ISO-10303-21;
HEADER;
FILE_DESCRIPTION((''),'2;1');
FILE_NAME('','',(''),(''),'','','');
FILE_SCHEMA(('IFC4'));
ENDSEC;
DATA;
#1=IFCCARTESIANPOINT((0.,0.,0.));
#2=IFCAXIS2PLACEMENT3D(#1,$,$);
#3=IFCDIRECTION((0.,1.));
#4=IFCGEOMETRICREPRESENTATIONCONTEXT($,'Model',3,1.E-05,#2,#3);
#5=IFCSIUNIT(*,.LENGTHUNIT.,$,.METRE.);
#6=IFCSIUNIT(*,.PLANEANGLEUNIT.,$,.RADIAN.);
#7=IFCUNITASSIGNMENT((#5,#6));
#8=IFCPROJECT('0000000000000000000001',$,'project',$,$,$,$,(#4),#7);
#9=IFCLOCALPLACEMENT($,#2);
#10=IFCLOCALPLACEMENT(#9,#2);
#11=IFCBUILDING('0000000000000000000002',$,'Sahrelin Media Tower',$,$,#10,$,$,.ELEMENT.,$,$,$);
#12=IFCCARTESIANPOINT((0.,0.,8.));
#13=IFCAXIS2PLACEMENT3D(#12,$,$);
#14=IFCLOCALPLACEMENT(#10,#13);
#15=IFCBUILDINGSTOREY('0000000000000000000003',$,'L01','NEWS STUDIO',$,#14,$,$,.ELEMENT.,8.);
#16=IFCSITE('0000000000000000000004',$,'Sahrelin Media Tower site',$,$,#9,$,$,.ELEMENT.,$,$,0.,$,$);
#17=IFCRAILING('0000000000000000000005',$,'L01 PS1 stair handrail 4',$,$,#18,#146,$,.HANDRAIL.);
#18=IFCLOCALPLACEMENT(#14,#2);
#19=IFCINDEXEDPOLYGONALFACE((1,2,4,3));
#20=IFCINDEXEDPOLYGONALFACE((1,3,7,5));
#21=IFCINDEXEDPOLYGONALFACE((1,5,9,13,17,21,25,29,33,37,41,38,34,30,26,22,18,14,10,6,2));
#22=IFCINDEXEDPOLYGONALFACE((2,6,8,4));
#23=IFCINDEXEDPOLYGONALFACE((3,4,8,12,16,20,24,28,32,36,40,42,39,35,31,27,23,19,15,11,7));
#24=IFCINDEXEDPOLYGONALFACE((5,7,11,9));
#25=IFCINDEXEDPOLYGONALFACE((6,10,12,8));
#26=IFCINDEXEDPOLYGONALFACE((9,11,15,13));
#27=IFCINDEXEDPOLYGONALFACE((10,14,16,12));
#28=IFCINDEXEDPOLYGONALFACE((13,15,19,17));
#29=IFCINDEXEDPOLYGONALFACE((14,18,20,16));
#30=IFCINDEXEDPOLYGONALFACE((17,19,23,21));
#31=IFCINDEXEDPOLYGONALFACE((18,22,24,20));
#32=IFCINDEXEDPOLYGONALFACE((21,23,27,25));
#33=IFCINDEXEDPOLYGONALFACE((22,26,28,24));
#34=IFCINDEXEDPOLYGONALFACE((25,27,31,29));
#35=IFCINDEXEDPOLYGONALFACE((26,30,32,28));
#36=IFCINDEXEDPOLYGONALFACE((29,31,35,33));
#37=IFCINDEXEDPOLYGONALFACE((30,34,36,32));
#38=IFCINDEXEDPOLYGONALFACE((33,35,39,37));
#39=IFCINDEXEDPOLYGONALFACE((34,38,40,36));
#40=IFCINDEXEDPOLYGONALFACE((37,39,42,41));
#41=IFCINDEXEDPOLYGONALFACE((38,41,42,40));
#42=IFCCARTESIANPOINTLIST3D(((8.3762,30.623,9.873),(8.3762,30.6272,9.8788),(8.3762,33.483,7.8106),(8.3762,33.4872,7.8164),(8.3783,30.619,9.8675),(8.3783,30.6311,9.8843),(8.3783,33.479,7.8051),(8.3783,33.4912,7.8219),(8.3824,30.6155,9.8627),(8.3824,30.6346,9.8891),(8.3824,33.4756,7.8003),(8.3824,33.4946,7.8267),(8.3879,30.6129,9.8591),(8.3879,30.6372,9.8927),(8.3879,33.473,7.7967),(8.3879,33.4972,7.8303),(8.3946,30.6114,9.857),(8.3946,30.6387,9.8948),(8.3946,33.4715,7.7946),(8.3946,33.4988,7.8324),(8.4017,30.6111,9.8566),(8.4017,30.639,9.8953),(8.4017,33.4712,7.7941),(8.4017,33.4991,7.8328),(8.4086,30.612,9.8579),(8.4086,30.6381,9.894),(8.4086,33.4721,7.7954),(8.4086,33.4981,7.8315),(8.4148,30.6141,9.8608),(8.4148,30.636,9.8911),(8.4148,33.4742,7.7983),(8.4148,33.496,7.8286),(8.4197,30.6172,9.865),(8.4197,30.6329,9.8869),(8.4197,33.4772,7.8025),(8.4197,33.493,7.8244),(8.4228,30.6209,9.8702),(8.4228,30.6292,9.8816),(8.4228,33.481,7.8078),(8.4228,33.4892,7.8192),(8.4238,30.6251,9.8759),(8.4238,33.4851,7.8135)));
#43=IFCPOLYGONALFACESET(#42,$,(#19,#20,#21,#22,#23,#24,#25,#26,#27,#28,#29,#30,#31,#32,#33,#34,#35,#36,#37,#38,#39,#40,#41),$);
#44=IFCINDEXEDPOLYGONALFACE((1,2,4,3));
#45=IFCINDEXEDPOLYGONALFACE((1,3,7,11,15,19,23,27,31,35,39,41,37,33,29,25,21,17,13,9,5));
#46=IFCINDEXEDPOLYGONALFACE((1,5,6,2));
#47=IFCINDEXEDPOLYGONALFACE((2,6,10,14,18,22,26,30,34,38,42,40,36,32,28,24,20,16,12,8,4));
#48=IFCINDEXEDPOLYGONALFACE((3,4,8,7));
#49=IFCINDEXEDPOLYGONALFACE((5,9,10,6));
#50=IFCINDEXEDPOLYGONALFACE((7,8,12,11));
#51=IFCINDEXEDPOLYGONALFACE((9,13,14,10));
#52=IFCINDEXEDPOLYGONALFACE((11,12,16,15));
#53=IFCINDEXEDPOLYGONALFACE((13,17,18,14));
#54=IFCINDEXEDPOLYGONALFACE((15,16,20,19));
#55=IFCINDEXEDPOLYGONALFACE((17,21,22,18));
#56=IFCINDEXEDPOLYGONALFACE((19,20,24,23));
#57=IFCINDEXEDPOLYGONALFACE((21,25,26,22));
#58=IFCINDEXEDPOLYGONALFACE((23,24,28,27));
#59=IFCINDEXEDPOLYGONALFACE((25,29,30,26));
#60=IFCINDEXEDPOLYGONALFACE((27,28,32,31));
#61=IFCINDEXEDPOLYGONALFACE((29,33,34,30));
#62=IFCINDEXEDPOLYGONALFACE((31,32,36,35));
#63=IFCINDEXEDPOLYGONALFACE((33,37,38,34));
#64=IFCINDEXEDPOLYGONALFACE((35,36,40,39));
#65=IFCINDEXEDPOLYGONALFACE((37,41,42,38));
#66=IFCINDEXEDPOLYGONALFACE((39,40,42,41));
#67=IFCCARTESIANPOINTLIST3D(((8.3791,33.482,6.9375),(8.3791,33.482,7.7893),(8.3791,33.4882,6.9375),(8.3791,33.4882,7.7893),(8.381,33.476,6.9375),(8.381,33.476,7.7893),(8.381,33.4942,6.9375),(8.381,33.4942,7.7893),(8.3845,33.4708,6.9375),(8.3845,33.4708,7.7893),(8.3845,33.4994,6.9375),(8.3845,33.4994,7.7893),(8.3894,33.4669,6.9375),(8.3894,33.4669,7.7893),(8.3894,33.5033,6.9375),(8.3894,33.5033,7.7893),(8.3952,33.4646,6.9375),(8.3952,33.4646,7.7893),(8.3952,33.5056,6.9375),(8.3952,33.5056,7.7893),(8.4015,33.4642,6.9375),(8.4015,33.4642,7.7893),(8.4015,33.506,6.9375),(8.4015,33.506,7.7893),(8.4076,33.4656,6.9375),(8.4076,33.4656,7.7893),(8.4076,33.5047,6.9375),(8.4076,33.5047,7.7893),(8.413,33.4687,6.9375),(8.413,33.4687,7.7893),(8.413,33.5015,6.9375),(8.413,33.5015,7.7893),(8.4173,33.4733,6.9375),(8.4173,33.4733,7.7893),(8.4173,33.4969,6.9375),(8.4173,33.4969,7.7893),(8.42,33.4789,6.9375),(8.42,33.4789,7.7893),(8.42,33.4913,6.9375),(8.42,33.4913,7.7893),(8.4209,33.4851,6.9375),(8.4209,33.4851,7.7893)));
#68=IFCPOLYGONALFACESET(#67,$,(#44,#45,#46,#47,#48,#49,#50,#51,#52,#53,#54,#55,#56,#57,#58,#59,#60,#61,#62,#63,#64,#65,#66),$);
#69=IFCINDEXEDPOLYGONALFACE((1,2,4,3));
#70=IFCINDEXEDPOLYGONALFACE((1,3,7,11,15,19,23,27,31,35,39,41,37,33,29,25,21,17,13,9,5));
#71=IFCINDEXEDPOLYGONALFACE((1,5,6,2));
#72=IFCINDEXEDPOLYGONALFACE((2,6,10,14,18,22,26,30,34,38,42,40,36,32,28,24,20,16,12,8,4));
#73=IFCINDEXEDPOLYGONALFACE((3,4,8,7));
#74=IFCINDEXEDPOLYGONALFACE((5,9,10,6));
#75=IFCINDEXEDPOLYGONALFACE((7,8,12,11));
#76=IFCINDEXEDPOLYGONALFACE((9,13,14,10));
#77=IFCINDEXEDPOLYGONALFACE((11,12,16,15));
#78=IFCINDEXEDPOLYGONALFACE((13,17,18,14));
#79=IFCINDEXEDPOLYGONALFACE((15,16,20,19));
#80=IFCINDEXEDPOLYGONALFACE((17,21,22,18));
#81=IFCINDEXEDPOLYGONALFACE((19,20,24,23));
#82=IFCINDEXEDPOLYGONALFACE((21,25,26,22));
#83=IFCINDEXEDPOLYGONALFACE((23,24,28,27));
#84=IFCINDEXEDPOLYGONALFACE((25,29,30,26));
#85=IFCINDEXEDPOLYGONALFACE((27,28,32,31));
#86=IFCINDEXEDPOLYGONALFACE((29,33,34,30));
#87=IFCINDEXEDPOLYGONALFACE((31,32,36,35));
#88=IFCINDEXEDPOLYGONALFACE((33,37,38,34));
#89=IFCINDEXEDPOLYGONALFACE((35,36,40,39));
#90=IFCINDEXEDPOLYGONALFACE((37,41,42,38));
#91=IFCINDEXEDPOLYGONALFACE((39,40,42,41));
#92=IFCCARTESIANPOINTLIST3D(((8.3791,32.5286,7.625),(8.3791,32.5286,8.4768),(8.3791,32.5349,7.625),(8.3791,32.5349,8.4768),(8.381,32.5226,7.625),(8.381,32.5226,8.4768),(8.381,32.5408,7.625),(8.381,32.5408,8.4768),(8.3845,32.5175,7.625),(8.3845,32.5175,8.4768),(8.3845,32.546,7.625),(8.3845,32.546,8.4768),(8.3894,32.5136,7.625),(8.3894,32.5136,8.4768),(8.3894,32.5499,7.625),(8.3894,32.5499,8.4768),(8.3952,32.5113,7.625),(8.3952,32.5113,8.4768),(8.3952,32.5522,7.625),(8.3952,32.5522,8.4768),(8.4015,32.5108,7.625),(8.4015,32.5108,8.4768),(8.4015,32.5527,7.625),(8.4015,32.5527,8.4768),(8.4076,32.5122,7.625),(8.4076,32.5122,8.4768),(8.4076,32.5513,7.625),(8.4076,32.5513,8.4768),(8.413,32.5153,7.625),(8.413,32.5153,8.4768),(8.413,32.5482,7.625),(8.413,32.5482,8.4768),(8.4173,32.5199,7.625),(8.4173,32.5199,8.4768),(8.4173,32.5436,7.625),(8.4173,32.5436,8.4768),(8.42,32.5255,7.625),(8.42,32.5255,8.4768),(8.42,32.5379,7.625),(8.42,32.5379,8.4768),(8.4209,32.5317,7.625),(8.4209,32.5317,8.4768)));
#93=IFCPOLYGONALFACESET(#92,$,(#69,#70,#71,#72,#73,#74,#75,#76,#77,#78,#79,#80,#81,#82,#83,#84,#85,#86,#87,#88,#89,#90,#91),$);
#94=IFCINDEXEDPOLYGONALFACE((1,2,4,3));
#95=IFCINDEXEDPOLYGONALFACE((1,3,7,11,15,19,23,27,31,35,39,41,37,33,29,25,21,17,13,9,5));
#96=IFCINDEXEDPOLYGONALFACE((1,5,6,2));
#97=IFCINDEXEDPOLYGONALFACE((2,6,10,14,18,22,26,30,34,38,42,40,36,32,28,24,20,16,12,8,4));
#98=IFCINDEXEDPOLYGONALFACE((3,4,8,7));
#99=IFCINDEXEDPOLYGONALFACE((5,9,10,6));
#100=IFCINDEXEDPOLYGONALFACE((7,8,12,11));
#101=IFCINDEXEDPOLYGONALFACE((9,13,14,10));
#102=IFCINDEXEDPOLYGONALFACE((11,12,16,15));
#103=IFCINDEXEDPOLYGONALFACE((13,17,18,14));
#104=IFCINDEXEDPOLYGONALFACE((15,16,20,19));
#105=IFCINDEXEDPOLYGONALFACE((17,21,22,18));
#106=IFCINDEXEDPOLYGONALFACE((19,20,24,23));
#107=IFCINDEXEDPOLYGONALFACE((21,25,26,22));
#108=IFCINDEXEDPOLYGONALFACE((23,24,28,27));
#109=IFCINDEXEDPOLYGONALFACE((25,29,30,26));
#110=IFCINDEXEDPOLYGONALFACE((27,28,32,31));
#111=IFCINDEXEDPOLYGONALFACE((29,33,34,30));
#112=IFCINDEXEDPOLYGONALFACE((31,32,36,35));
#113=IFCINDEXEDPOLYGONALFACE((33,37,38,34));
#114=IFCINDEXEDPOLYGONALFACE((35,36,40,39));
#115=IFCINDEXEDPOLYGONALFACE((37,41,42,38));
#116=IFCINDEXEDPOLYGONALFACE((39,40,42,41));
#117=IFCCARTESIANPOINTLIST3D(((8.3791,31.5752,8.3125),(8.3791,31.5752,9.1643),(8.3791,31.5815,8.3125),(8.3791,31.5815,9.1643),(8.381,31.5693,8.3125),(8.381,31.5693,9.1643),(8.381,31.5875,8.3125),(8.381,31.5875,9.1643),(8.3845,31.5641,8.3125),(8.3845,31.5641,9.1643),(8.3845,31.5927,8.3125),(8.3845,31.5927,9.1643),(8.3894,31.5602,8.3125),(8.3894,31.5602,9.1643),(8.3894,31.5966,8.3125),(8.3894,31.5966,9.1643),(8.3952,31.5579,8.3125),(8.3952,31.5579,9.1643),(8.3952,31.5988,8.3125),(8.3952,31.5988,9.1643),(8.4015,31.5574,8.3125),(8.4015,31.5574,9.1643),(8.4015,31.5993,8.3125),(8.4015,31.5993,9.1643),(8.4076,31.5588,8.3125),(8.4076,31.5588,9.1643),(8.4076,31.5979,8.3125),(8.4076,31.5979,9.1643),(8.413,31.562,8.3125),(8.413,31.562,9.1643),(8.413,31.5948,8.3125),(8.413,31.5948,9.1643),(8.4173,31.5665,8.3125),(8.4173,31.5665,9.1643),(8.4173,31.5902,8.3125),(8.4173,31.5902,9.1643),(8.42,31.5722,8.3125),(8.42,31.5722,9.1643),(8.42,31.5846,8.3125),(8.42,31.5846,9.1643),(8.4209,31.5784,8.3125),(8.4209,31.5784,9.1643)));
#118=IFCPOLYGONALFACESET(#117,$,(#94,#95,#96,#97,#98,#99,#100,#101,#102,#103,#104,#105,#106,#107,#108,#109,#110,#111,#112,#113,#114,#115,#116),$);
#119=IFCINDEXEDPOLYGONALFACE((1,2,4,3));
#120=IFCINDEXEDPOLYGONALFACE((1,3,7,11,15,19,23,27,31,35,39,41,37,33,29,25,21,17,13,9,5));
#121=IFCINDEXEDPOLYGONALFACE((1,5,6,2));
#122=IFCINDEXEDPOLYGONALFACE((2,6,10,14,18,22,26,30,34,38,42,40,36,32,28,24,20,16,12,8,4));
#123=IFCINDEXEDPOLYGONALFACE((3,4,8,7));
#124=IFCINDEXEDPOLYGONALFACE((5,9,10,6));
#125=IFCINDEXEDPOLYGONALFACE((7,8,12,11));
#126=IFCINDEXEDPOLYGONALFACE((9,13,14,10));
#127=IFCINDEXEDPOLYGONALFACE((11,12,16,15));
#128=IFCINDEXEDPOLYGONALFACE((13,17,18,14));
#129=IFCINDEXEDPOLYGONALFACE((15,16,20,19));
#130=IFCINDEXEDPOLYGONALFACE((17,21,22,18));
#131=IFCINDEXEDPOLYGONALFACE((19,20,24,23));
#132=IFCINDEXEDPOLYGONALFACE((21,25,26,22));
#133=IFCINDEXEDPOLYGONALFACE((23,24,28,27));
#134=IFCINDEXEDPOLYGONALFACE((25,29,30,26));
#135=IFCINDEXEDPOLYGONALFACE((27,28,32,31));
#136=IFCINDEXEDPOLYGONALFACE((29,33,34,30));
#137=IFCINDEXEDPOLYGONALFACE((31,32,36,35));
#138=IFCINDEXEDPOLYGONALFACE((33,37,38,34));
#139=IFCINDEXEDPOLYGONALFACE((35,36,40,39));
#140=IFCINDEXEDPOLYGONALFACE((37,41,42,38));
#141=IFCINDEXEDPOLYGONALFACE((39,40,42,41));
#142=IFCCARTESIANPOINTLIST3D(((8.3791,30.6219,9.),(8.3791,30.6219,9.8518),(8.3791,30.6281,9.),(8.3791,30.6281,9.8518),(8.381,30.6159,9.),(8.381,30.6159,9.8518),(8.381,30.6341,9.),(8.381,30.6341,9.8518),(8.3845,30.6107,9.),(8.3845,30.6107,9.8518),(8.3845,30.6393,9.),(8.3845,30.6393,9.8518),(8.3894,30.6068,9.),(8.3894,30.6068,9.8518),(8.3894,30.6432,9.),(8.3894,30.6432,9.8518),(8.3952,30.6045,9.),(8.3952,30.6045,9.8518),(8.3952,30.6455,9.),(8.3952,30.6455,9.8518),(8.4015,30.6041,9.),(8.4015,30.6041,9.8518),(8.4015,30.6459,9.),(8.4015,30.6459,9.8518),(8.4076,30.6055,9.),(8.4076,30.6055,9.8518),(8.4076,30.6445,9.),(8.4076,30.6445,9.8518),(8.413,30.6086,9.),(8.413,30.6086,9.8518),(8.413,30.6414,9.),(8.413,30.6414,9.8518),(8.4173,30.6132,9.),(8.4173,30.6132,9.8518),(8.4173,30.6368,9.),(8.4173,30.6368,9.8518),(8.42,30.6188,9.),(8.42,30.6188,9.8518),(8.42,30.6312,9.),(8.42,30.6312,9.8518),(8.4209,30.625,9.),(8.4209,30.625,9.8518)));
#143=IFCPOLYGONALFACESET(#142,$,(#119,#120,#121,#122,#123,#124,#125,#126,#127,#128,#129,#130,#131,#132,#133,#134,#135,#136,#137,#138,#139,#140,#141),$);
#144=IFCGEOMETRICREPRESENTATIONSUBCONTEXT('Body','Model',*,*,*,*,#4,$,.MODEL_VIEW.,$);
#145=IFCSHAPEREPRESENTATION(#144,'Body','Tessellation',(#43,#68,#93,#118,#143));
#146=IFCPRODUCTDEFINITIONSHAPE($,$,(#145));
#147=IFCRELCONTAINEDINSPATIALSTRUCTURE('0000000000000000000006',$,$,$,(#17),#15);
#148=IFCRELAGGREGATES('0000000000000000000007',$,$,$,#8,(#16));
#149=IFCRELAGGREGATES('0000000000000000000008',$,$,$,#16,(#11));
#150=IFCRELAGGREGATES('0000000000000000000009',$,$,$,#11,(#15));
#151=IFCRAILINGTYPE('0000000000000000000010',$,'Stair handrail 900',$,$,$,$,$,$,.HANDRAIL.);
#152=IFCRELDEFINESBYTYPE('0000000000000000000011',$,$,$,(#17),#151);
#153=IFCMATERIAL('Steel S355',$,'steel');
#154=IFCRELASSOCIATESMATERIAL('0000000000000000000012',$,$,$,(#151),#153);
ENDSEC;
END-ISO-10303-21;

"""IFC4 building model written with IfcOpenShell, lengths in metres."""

from ifc_helpers import new_model, si_unit, direction, frame, origin, origin_2d, place, context, subcontext, project, spatial, circle, extrude, material, type_object, element, save


model = new_model("IFC4")

# Units and contexts
model_context = context("Model", 3, precision=1e-05, world=origin(), true_north=direction((0.0, 1.0)))
body_context = subcontext(model_context, "Body", "Model", "MODEL_VIEW")
ifc_project = project(units=[si_unit("LENGTHUNIT", "METRE"), si_unit("PLANEANGLEUNIT", "RADIAN")], contexts=[model_context])

# Site, building, storey
site_placement = place(None, origin())
site = spatial("IfcSite", under=ifc_project, at=site_placement, Name="Sahrelin Media Tower site", CompositionType="ELEMENT", RefElevation=0.0)
building_placement = place(site_placement, origin())
building = spatial("IfcBuilding", under=site, at=building_placement, Name="Sahrelin Media Tower", CompositionType="ELEMENT")
storey_placement = place(building_placement, frame((0.0, 0.0, 8.0)))
storey = spatial("IfcBuildingStorey", under=building, at=storey_placement, Name="L01", Description="NEWS STUDIO", CompositionType="ELEMENT", Elevation=8.0)

# Shared definitions
ifc_material_1 = material(Name="Steel S355", Category="steel")

# Railing
railing_type_1 = type_object("IfcRailingType", Name="Stair handrail 900", PredefinedType="HANDRAIL", material=ifc_material_1)
for number, where, name in (
    (1, (8.3999, 33.4851, 6.9375), "L01 PS1 stair handrail 4"),
):
    element("IfcRailing", number, at=place(storey_placement, frame(where)), inside=storey, type_object=railing_type_1, Name=name, PredefinedType="HANDRAIL", context=body_context, shape_type="SweptSolid", body=[
        extrude(circle(Radius=0.0239, at=origin_2d()), frame((0.0, 0.0, 0.876), z_axis=(0.0, -0.811101, 0.584906), x_axis=(1.0, 0.0, 0.0)), (0.0, 0.0, 1.0), 3.5261),
        extrude(circle(Radius=0.021, at=origin_2d()), origin(), (0.0, 0.0, 1.0), 0.8518),
        extrude(circle(Radius=0.021, at=origin_2d()), frame((0.0, -0.9534, 0.6875)), (0.0, 0.0, 1.0), 0.8518),
        extrude(circle(Radius=0.021, at=origin_2d()), frame((0.0, -1.9067, 1.375)), (0.0, 0.0, 1.0), 0.8518),
        extrude(circle(Radius=0.021, at=origin_2d()), frame((0.0, -2.8601, 2.0625)), (0.0, 0.0, 1.0), 0.8518),
    ])

save(model, "model.ifc")
